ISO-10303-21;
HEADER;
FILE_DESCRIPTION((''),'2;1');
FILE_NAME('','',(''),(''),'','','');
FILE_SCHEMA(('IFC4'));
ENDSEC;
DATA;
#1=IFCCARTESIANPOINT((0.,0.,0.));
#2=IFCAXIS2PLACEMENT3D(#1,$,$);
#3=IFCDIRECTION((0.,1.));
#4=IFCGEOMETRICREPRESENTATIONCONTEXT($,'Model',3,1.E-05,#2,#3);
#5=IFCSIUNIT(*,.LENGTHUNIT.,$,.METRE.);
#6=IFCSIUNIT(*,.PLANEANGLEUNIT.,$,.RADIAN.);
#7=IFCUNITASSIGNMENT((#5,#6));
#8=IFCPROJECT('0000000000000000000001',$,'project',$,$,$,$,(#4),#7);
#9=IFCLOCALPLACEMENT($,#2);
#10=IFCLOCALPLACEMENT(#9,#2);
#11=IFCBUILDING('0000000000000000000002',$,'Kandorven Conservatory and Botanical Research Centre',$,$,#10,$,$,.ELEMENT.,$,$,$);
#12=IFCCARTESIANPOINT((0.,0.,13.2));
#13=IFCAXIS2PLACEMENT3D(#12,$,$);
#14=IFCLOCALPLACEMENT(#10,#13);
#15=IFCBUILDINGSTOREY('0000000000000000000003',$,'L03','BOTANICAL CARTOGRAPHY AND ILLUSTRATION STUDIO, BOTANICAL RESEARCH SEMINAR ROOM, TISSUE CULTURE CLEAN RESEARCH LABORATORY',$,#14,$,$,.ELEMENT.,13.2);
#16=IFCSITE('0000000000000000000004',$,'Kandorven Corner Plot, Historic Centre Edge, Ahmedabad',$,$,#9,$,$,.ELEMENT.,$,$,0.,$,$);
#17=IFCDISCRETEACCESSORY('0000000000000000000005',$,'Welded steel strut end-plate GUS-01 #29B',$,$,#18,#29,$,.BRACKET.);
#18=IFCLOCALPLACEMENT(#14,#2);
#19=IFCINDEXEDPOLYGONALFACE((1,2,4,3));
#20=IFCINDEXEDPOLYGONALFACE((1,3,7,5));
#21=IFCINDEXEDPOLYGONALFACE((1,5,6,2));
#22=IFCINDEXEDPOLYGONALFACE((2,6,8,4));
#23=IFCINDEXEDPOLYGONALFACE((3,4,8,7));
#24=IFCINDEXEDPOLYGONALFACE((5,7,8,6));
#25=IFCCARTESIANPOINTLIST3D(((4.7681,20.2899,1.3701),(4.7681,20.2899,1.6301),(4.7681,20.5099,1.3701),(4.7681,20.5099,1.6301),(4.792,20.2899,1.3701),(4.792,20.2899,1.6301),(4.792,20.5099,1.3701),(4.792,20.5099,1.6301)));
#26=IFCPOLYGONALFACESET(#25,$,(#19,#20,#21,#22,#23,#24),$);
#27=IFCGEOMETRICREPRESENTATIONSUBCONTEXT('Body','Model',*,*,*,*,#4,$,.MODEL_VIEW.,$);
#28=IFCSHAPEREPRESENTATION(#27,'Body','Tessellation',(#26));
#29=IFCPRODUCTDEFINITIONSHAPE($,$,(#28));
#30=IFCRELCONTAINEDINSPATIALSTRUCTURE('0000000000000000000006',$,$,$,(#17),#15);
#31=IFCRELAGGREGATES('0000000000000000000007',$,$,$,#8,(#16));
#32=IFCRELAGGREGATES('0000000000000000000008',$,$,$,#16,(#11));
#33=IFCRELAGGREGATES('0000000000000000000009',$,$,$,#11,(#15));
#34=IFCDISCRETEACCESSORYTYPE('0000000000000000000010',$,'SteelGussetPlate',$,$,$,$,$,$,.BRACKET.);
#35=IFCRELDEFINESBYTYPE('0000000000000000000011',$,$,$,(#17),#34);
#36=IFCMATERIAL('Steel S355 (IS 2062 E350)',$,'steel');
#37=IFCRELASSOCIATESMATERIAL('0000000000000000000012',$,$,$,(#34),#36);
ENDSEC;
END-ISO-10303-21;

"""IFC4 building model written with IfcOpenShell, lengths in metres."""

from ifc_helpers import new_model, si_unit, direction, frame, origin, origin_2d, place, context, subcontext, project, spatial, rectangle, extrude, material, type_object, element, save


model = new_model("IFC4")

# Units and contexts
model_context = context("Model", 3, precision=1e-05, world=origin(), true_north=direction((0.0, 1.0)))
body_context = subcontext(model_context, "Body", "Model", "MODEL_VIEW")
ifc_project = project(units=[si_unit("LENGTHUNIT", "METRE"), si_unit("PLANEANGLEUNIT", "RADIAN")], contexts=[model_context])

# Site, building, storey
site_placement = place(None, origin())
site = spatial("IfcSite", under=ifc_project, at=site_placement, Name="Kandorven Corner Plot, Historic Centre Edge, Ahmedabad", CompositionType="ELEMENT", RefElevation=0.0)
building_placement = place(site_placement, origin())
building = spatial("IfcBuilding", under=site, at=building_placement, Name="Kandorven Conservatory and Botanical Research Centre", CompositionType="ELEMENT")
storey_placement = place(building_placement, frame((0.0, 0.0, 13.2)))
storey = spatial("IfcBuildingStorey", under=building, at=storey_placement, Name="L03", Description="BOTANICAL CARTOGRAPHY AND ILLUSTRATION STUDIO, BOTANICAL RESEARCH SEMINAR ROOM, TISSUE CULTURE CLEAN RESEARCH LABORATORY", CompositionType="ELEMENT", Elevation=13.2)

# Discrete accessory
ifc_material_1 = material(Name="Steel S355 (IS 2062 E350)", Category="steel")
discrete_accessory_type_1 = type_object("IfcDiscreteAccessoryType", Name="SteelGussetPlate", PredefinedType="BRACKET", material=ifc_material_1)
for number, where, z_axis, x_axis, name in (
    (1, (4.78, 20.3999, 1.3701), (0.0, 0.0, 1.0), (1.0, 0.0, 0.0), "Welded steel strut end-plate GUS-01 #29B"),
):
    element("IfcDiscreteAccessory", number, at=place(storey_placement, frame(where, z_axis=z_axis, x_axis=x_axis)), inside=storey, type_object=discrete_accessory_type_1, Name=name, PredefinedType="BRACKET", context=body_context, shape_type="SweptSolid", body=[
        extrude(rectangle(XDim=0.0239, YDim=0.22, at=origin_2d()), origin(), (0.0, 0.0, 1.0), 0.26),
    ])

save(model, "model.ifc")
